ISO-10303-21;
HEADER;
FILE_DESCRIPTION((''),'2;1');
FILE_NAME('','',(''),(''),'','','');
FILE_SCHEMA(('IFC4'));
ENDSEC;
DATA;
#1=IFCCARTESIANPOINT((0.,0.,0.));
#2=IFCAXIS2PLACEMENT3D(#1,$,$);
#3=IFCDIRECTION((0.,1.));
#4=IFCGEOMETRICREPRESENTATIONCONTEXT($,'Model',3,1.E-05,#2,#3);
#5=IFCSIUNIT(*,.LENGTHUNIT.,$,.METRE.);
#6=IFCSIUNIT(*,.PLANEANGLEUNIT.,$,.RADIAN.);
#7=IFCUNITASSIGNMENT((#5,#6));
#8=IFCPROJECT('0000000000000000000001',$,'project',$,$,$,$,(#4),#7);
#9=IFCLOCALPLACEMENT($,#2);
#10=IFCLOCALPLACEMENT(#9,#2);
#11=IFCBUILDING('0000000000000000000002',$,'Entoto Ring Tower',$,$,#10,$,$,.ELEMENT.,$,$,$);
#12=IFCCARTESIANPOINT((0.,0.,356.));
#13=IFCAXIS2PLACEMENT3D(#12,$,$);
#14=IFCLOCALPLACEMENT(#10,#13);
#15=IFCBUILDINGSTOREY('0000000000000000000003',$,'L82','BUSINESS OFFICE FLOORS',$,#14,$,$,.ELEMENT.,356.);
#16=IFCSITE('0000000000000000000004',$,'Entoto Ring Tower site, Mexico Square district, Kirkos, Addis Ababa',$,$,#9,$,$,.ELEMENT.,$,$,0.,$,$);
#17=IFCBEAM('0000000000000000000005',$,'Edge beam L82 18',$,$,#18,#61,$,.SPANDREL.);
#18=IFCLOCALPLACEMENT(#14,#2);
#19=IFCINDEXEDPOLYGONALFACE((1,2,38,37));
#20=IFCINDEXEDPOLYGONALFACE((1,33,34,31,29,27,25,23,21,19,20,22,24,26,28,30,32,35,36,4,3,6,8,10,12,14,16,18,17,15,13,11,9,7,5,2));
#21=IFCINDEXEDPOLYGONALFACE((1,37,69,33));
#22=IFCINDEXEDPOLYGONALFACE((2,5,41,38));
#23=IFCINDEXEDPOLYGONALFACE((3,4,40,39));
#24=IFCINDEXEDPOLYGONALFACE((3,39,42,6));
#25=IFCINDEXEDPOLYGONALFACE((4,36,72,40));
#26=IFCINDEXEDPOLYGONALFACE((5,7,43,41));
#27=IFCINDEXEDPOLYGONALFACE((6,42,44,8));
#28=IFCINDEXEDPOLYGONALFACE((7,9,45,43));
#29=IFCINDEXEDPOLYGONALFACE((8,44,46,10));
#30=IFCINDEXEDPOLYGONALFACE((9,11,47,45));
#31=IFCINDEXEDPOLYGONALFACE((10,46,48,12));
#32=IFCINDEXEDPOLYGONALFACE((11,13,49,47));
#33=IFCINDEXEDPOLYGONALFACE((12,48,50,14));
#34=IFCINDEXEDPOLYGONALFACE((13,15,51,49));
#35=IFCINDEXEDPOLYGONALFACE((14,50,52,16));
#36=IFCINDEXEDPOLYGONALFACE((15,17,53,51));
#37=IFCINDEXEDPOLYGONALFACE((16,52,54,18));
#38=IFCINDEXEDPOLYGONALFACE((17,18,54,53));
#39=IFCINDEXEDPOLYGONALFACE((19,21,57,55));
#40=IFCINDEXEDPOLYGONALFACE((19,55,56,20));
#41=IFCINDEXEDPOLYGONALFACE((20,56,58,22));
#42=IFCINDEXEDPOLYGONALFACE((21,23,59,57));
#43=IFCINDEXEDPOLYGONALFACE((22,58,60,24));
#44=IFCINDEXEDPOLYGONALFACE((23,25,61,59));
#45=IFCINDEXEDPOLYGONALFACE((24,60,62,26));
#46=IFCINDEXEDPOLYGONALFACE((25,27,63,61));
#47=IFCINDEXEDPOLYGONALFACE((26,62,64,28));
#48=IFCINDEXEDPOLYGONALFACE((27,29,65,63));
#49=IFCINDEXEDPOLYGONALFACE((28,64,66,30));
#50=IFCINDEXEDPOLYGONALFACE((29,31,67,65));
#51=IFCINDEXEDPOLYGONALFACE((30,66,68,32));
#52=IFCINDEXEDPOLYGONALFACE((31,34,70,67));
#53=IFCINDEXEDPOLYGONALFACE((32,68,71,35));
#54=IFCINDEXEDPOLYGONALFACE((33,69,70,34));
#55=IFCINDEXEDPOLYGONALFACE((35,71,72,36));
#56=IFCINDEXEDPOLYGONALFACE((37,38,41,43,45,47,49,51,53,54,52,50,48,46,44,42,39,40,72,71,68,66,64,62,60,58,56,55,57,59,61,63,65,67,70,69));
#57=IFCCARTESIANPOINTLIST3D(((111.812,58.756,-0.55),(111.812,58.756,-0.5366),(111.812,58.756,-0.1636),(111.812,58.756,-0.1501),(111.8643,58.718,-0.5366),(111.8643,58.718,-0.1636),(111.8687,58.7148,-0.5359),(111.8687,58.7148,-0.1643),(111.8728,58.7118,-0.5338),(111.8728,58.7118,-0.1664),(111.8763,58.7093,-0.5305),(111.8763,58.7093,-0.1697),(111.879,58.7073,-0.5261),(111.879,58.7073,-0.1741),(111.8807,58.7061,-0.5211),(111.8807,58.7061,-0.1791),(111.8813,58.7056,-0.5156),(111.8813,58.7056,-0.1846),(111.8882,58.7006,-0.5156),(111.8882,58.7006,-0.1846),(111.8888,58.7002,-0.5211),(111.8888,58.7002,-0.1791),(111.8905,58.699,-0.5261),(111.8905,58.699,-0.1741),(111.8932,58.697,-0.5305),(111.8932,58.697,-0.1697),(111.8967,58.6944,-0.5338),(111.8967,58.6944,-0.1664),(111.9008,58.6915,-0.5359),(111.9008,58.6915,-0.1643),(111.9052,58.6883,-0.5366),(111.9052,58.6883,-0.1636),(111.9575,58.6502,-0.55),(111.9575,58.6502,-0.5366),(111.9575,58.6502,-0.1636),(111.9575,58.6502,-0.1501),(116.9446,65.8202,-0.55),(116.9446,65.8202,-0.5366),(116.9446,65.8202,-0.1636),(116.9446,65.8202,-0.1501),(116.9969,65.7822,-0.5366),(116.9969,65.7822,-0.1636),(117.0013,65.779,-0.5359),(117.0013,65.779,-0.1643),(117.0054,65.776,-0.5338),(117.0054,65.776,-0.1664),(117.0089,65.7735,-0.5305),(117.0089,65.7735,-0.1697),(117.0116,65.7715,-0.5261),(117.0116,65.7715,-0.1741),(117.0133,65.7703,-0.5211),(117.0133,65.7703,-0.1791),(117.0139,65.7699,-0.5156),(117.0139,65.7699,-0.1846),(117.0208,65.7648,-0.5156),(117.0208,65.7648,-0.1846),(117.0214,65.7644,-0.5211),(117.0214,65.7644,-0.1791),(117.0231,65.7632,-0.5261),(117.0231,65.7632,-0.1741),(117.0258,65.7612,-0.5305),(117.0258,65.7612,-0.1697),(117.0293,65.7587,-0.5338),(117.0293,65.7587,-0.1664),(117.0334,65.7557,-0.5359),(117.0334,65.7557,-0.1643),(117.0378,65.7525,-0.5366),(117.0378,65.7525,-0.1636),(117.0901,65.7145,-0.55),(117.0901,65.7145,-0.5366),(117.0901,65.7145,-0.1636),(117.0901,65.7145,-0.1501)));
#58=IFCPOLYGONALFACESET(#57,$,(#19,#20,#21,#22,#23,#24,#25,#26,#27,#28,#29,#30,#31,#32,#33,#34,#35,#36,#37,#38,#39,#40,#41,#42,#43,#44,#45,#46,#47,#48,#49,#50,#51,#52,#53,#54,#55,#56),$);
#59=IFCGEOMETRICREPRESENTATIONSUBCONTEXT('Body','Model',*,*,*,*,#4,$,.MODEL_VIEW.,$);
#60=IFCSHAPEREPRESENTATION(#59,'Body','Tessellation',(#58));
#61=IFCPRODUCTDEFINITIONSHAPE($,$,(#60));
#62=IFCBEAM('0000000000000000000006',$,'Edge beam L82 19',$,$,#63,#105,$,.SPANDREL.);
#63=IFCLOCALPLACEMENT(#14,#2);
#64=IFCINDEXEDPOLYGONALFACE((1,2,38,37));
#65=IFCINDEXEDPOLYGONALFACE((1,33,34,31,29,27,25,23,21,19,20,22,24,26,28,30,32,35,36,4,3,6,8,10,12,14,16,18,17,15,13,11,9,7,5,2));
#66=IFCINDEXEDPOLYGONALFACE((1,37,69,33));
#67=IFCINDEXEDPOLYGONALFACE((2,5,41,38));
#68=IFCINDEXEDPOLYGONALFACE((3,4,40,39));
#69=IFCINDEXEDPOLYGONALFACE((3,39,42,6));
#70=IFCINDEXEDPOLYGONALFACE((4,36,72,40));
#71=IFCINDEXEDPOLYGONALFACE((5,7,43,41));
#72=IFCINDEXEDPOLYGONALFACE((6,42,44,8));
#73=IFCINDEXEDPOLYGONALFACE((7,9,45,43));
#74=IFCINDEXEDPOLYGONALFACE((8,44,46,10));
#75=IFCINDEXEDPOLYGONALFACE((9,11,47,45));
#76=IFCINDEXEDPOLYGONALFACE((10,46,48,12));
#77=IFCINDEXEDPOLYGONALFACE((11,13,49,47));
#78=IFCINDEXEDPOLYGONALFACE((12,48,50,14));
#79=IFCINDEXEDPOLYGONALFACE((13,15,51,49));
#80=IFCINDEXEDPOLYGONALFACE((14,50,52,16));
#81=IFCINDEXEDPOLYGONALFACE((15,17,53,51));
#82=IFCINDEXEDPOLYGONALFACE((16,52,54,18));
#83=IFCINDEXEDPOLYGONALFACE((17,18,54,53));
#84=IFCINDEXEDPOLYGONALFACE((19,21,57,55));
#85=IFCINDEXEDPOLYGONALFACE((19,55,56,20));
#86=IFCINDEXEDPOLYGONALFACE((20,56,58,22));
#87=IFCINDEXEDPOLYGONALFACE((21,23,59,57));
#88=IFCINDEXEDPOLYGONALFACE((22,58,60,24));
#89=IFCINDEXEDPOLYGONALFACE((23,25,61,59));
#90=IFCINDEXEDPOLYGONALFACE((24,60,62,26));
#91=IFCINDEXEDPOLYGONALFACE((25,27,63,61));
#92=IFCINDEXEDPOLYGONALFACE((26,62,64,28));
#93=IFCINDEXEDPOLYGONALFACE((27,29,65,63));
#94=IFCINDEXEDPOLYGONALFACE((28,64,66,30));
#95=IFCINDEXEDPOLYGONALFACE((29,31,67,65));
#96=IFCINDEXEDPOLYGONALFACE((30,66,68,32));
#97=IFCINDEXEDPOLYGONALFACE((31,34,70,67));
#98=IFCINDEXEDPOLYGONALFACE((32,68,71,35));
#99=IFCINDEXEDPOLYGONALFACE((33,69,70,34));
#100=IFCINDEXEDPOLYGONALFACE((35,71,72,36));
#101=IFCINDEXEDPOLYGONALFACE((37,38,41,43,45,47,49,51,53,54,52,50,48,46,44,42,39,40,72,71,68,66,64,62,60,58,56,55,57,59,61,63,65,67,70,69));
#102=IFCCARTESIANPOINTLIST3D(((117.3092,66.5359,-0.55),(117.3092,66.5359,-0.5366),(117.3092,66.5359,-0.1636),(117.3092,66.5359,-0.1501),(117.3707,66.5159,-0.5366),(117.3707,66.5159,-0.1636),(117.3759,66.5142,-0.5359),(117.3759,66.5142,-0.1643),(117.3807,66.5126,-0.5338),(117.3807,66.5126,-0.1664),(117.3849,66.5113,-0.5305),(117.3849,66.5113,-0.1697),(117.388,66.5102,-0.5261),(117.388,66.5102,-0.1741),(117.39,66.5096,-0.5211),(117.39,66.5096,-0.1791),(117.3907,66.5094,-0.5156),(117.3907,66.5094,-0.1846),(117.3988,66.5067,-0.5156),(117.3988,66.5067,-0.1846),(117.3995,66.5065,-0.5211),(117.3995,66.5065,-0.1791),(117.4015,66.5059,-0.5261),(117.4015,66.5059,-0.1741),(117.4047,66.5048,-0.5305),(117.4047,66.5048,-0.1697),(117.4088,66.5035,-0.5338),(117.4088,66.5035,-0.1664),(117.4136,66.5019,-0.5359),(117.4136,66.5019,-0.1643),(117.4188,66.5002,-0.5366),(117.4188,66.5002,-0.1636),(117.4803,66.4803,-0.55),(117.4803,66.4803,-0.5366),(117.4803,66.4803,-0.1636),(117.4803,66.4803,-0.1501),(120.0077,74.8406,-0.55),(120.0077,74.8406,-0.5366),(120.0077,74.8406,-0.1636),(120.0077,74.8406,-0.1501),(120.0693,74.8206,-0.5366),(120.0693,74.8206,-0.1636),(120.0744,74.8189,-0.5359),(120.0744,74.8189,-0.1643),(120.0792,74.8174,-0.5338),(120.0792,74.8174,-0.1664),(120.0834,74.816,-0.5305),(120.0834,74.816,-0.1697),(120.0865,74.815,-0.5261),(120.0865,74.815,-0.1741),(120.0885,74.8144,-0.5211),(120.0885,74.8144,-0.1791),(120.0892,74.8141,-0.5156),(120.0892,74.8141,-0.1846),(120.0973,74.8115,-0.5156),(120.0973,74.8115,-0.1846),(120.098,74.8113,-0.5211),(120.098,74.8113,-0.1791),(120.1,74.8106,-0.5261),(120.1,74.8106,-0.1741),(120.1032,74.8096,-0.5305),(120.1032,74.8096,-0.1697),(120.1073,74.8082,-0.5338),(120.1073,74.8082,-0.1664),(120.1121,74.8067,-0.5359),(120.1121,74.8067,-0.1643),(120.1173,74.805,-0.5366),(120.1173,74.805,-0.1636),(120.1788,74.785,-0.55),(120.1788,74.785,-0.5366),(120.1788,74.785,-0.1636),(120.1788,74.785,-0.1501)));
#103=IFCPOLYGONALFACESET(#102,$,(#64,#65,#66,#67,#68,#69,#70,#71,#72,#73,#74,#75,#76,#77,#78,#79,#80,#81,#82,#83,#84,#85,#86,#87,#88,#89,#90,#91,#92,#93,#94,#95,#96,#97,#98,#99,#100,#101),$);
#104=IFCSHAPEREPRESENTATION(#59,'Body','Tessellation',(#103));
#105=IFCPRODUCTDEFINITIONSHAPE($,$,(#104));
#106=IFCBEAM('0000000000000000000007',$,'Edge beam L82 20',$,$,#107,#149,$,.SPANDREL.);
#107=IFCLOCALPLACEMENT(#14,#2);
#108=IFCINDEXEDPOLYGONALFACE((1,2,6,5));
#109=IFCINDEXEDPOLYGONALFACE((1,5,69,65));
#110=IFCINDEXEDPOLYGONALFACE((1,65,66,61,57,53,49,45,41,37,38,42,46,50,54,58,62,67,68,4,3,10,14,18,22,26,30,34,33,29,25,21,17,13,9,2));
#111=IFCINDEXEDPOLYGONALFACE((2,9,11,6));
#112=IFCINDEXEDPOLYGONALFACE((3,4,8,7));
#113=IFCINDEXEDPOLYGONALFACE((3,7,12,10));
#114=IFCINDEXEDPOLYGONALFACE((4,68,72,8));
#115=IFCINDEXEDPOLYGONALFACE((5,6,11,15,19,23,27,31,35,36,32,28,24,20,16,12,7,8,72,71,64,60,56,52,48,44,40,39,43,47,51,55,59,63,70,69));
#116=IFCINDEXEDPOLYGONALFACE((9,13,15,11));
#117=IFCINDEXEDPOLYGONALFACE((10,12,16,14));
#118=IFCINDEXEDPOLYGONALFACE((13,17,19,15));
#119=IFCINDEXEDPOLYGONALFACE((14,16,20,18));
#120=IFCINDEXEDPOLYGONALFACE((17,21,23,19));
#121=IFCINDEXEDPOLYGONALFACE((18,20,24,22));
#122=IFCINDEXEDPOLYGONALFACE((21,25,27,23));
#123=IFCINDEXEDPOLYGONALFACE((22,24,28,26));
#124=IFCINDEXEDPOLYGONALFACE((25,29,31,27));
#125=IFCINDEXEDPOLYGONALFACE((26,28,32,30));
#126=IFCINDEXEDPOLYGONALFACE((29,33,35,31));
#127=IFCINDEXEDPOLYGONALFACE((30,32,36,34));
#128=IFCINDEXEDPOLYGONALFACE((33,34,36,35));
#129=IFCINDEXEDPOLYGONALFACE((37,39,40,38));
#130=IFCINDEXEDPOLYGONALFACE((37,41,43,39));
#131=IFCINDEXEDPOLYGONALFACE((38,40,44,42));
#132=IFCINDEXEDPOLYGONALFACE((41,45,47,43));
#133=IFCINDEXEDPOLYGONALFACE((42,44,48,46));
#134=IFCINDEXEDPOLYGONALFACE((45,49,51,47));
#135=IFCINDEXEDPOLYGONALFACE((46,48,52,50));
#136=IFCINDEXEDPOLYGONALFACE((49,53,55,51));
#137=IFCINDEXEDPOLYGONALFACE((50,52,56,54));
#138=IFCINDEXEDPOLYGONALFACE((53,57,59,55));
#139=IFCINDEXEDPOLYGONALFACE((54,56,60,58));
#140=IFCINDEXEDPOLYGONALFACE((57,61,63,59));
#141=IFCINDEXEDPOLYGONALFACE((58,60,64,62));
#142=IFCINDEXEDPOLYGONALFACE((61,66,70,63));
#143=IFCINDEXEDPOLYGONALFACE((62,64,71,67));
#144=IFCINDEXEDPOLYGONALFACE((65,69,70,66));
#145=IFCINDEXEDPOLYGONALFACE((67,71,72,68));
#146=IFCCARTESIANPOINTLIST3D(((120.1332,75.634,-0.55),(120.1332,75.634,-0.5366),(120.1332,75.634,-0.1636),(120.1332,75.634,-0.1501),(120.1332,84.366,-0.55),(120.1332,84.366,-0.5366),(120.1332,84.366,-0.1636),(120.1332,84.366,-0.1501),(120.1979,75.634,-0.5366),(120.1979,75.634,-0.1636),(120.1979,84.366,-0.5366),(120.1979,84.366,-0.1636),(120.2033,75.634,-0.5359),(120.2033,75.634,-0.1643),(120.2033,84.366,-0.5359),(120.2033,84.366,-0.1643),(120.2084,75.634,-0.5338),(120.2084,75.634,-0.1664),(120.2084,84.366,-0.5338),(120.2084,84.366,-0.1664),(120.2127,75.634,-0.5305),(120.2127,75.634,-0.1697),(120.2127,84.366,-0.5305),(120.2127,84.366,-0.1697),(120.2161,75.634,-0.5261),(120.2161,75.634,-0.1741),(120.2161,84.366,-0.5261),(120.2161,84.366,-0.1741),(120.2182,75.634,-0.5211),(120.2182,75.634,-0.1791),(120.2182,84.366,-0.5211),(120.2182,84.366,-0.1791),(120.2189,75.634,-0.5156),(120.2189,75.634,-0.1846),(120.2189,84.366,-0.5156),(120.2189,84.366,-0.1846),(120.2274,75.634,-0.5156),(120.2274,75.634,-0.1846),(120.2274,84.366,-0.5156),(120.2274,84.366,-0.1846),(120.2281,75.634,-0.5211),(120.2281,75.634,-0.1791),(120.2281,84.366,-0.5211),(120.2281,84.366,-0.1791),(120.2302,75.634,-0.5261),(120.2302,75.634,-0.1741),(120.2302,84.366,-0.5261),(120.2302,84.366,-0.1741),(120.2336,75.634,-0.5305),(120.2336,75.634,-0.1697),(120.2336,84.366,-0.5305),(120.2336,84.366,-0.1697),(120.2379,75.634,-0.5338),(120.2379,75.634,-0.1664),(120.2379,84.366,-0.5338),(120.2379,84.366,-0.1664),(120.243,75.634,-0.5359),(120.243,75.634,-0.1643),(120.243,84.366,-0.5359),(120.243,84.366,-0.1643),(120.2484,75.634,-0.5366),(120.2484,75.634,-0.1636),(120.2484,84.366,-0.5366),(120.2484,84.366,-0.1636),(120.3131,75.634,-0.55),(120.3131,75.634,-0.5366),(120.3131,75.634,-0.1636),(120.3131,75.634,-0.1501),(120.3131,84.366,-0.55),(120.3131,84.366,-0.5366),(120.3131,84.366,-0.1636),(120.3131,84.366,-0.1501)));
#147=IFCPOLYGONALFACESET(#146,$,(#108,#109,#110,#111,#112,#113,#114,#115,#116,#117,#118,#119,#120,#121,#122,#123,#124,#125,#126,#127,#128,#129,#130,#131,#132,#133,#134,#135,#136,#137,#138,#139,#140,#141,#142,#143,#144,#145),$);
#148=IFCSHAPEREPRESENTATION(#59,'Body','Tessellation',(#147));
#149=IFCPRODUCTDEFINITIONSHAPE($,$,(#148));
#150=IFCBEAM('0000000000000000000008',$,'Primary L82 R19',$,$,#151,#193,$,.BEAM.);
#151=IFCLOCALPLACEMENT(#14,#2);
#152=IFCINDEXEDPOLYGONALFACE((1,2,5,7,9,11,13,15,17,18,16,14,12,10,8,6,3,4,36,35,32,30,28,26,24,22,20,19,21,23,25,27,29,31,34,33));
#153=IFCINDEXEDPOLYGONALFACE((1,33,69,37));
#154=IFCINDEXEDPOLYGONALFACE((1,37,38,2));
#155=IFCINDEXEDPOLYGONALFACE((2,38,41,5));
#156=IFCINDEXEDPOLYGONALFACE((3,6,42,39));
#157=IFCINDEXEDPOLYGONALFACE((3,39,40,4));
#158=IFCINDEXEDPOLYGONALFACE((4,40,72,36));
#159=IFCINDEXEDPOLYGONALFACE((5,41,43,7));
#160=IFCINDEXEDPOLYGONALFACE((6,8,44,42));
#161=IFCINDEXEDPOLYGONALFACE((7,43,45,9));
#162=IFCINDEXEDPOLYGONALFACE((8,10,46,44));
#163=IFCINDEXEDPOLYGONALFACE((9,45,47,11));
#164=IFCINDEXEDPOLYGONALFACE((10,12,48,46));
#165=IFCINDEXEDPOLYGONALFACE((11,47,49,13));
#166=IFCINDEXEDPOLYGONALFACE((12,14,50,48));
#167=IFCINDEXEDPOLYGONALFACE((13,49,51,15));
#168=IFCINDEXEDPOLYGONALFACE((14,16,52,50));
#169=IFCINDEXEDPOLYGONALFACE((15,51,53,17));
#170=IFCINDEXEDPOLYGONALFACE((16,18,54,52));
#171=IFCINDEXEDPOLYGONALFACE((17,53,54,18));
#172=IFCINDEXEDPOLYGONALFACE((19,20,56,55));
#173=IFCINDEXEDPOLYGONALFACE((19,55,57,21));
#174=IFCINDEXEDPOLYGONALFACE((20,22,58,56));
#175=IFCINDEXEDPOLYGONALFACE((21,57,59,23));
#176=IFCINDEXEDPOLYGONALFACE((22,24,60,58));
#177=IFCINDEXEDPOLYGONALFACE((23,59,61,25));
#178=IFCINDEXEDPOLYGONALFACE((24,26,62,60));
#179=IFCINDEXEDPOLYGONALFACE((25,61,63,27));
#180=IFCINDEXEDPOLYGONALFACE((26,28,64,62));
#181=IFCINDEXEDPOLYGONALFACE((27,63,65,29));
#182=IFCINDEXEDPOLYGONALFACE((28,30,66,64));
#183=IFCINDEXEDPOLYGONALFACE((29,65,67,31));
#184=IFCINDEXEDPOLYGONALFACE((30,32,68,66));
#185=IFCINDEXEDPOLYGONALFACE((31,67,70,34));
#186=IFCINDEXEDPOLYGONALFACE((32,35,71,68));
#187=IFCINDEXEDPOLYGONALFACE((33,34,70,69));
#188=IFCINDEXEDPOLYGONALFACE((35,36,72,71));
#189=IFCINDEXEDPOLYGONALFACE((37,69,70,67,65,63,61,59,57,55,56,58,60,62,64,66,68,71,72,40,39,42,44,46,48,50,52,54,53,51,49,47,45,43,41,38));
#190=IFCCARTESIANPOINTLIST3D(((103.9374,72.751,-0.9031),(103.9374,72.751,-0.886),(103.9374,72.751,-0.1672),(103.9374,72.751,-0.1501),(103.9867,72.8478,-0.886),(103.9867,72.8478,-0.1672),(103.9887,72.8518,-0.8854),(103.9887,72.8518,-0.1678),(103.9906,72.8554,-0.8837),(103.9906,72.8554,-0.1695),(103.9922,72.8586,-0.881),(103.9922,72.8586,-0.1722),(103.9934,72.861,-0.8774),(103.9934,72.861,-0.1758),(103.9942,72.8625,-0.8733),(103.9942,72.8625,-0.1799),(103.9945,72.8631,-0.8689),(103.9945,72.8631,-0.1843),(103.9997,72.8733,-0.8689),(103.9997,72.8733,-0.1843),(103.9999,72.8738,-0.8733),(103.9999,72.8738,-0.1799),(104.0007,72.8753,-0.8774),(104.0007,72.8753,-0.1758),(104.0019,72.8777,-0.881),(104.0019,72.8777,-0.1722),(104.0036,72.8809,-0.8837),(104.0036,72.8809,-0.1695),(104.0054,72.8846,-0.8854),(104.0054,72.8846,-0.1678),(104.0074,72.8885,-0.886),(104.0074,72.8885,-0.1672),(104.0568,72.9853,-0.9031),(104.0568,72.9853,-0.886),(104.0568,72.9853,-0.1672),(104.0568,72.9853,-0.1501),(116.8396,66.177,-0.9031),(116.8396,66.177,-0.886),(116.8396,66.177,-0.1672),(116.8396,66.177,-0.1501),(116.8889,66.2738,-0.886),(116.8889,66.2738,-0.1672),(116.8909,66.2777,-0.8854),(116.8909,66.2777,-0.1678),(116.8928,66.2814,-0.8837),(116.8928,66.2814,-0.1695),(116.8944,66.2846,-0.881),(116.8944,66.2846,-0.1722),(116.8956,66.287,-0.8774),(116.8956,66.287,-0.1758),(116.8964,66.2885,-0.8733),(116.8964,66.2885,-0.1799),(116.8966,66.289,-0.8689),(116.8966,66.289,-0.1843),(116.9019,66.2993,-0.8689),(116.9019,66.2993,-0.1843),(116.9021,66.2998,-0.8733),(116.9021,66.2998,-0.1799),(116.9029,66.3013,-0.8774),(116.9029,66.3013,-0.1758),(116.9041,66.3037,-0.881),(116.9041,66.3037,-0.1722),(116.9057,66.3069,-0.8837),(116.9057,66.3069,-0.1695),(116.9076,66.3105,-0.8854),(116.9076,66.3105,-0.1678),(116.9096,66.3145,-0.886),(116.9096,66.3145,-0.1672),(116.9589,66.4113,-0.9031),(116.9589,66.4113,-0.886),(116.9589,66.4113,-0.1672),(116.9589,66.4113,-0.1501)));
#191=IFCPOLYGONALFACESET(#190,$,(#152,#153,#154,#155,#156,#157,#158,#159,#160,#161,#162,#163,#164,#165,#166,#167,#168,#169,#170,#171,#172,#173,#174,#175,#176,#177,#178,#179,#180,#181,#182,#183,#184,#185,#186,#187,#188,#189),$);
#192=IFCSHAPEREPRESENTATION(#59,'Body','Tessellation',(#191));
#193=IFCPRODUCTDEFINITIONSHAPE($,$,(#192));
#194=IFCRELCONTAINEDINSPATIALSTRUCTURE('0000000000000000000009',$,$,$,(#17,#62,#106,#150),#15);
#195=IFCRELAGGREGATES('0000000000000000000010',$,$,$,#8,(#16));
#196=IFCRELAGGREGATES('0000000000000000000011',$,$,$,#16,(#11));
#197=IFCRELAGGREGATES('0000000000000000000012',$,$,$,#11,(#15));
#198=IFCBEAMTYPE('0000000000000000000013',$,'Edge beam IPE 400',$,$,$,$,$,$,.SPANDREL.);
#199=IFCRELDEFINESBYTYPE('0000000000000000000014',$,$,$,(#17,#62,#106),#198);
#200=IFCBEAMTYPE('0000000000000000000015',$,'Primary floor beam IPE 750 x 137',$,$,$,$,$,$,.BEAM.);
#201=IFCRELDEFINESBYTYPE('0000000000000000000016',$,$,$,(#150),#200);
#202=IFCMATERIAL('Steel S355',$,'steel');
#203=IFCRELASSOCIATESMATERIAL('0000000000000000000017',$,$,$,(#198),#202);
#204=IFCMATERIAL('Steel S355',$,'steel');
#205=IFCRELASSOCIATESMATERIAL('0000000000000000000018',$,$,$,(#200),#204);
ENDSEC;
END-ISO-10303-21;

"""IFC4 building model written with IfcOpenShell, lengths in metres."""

from ifc_helpers import new_model, si_unit, direction, frame, origin, origin_2d, place, context, subcontext, project, spatial, i_section, extrude, material, material_profile, profile_set, type_object, element, save


model = new_model("IFC4")

# Units and contexts
model_context = context("Model", 3, precision=1e-05, world=origin(), true_north=direction((0.0, 1.0)))
body_context = subcontext(model_context, "Body", "Model", "MODEL_VIEW")
ifc_project = project(units=[si_unit("LENGTHUNIT", "METRE"), si_unit("PLANEANGLEUNIT", "RADIAN")], contexts=[model_context])

# Site, building, storey
site_placement = place(None, origin())
site = spatial("IfcSite", under=ifc_project, at=site_placement, Name="Entoto Ring Tower site, Mexico Square district, Kirkos, Addis Ababa", CompositionType="ELEMENT", RefElevation=0.0)
building_placement = place(site_placement, origin())
building = spatial("IfcBuilding", under=site, at=building_placement, Name="Entoto Ring Tower", CompositionType="ELEMENT")
storey_placement = place(building_placement, frame((0.0, 0.0, 356.0)))
storey = spatial("IfcBuildingStorey", under=building, at=storey_placement, Name="L82", Description="BUSINESS OFFICE FLOORS", CompositionType="ELEMENT", Elevation=356.0)

# Beams
ifc_material_1 = material(Name="Steel S355", Category="steel")
ifc_material_profile_1 = material_profile(ifc_material_1, i_section(OverallWidth=0.1799, OverallDepth=0.3999, WebThickness=0.0085, FlangeThickness=0.0134, FilletRadius=0.021, at=origin_2d()), Name="IPE 400")
ifc_profile_set_1 = profile_set([ifc_material_profile_1], Name="Steel S355")
beam_type_1 = type_object("IfcBeamType", Name="Edge beam IPE 400", PredefinedType="SPANDREL", material=ifc_profile_set_1)
for number, where, z_axis, x_axis, name in (
    (1, (111.8848, 58.7031, -0.3501), (0.587794, 0.80901, 0.0), (-0.80901, 0.587794, 0.0), "Edge beam L82 18"),
):
    element("IfcBeam", number, at=place(storey_placement, frame(where, z_axis=z_axis, x_axis=x_axis)), inside=storey, type_object=beam_type_1, Name=name, PredefinedType="SPANDREL", context=body_context, shape_type="SweptSolid", body=[
        extrude(i_section(OverallWidth=0.1799, OverallDepth=0.3999, WebThickness=0.0085, FlangeThickness=0.0134, FilletRadius=0.021, at=origin_2d()), origin(), (0.0, 0.0, 1.0), 8.7319),
    ])
beam_1_placement = place(storey_placement, frame((117.3948, 66.5081, -0.3501), z_axis=(0.30903, 0.951052, 0.0), x_axis=(-0.951052, 0.30903, 0.0)))
element("IfcBeam", 2, at=beam_1_placement, inside=storey, type_object=beam_type_1, Name="Edge beam L82 19", PredefinedType="SPANDREL", context=body_context, shape_type="SweptSolid", body=[
    extrude(i_section(OverallWidth=0.1799, OverallDepth=0.3999, WebThickness=0.0085, FlangeThickness=0.0134, FilletRadius=0.021, at=origin_2d()), origin(), (0.0, 0.0, 1.0), 8.7322),
])
beam_2_placement = place(storey_placement, frame((120.2231, 75.634, -0.3501), z_axis=(0.0, 1.0, 0.0), x_axis=(-1.0, 0.0, 0.0)))
element("IfcBeam", 3, at=beam_2_placement, inside=storey, type_object=beam_type_1, Name="Edge beam L82 20", PredefinedType="SPANDREL", context=body_context, shape_type="SweptSolid", body=[
    extrude(i_section(OverallWidth=0.1799, OverallDepth=0.3999, WebThickness=0.0085, FlangeThickness=0.0134, FilletRadius=0.021, at=origin_2d()), origin(), (0.0, 0.0, 1.0), 8.7319),
])
ifc_material_2 = material(Name="Steel S355", Category="steel")
ifc_material_profile_2 = material_profile(ifc_material_2, i_section(OverallWidth=0.2629, OverallDepth=0.7529, WebThickness=0.0115, FlangeThickness=0.0171, FilletRadius=0.0171, at=origin_2d()), Name="IPE 750 x 137")
ifc_profile_set_2 = profile_set([ifc_material_profile_2], Name="Steel S355")
beam_type_2 = type_object("IfcBeamType", Name="Primary floor beam IPE 750 x 137", PredefinedType="BEAM", material=ifc_profile_set_2)
beam_3_placement = place(storey_placement, frame((103.9971, 72.8682, -0.5266), z_axis=(0.891006, -0.453992, 0.0), x_axis=(0.453992, 0.891006, 0.0)))
element("IfcBeam", 4, at=beam_3_placement, inside=storey, type_object=beam_type_2, Name="Primary L82 R19", PredefinedType="BEAM", context=body_context, shape_type="SweptSolid", body=[
    extrude(i_section(OverallWidth=0.2629, OverallDepth=0.7529, WebThickness=0.0115, FlangeThickness=0.0171, FilletRadius=0.0171, at=origin_2d()), origin(), (0.0, 0.0, 1.0), 14.4805),
])

save(model, "model.ifc")
